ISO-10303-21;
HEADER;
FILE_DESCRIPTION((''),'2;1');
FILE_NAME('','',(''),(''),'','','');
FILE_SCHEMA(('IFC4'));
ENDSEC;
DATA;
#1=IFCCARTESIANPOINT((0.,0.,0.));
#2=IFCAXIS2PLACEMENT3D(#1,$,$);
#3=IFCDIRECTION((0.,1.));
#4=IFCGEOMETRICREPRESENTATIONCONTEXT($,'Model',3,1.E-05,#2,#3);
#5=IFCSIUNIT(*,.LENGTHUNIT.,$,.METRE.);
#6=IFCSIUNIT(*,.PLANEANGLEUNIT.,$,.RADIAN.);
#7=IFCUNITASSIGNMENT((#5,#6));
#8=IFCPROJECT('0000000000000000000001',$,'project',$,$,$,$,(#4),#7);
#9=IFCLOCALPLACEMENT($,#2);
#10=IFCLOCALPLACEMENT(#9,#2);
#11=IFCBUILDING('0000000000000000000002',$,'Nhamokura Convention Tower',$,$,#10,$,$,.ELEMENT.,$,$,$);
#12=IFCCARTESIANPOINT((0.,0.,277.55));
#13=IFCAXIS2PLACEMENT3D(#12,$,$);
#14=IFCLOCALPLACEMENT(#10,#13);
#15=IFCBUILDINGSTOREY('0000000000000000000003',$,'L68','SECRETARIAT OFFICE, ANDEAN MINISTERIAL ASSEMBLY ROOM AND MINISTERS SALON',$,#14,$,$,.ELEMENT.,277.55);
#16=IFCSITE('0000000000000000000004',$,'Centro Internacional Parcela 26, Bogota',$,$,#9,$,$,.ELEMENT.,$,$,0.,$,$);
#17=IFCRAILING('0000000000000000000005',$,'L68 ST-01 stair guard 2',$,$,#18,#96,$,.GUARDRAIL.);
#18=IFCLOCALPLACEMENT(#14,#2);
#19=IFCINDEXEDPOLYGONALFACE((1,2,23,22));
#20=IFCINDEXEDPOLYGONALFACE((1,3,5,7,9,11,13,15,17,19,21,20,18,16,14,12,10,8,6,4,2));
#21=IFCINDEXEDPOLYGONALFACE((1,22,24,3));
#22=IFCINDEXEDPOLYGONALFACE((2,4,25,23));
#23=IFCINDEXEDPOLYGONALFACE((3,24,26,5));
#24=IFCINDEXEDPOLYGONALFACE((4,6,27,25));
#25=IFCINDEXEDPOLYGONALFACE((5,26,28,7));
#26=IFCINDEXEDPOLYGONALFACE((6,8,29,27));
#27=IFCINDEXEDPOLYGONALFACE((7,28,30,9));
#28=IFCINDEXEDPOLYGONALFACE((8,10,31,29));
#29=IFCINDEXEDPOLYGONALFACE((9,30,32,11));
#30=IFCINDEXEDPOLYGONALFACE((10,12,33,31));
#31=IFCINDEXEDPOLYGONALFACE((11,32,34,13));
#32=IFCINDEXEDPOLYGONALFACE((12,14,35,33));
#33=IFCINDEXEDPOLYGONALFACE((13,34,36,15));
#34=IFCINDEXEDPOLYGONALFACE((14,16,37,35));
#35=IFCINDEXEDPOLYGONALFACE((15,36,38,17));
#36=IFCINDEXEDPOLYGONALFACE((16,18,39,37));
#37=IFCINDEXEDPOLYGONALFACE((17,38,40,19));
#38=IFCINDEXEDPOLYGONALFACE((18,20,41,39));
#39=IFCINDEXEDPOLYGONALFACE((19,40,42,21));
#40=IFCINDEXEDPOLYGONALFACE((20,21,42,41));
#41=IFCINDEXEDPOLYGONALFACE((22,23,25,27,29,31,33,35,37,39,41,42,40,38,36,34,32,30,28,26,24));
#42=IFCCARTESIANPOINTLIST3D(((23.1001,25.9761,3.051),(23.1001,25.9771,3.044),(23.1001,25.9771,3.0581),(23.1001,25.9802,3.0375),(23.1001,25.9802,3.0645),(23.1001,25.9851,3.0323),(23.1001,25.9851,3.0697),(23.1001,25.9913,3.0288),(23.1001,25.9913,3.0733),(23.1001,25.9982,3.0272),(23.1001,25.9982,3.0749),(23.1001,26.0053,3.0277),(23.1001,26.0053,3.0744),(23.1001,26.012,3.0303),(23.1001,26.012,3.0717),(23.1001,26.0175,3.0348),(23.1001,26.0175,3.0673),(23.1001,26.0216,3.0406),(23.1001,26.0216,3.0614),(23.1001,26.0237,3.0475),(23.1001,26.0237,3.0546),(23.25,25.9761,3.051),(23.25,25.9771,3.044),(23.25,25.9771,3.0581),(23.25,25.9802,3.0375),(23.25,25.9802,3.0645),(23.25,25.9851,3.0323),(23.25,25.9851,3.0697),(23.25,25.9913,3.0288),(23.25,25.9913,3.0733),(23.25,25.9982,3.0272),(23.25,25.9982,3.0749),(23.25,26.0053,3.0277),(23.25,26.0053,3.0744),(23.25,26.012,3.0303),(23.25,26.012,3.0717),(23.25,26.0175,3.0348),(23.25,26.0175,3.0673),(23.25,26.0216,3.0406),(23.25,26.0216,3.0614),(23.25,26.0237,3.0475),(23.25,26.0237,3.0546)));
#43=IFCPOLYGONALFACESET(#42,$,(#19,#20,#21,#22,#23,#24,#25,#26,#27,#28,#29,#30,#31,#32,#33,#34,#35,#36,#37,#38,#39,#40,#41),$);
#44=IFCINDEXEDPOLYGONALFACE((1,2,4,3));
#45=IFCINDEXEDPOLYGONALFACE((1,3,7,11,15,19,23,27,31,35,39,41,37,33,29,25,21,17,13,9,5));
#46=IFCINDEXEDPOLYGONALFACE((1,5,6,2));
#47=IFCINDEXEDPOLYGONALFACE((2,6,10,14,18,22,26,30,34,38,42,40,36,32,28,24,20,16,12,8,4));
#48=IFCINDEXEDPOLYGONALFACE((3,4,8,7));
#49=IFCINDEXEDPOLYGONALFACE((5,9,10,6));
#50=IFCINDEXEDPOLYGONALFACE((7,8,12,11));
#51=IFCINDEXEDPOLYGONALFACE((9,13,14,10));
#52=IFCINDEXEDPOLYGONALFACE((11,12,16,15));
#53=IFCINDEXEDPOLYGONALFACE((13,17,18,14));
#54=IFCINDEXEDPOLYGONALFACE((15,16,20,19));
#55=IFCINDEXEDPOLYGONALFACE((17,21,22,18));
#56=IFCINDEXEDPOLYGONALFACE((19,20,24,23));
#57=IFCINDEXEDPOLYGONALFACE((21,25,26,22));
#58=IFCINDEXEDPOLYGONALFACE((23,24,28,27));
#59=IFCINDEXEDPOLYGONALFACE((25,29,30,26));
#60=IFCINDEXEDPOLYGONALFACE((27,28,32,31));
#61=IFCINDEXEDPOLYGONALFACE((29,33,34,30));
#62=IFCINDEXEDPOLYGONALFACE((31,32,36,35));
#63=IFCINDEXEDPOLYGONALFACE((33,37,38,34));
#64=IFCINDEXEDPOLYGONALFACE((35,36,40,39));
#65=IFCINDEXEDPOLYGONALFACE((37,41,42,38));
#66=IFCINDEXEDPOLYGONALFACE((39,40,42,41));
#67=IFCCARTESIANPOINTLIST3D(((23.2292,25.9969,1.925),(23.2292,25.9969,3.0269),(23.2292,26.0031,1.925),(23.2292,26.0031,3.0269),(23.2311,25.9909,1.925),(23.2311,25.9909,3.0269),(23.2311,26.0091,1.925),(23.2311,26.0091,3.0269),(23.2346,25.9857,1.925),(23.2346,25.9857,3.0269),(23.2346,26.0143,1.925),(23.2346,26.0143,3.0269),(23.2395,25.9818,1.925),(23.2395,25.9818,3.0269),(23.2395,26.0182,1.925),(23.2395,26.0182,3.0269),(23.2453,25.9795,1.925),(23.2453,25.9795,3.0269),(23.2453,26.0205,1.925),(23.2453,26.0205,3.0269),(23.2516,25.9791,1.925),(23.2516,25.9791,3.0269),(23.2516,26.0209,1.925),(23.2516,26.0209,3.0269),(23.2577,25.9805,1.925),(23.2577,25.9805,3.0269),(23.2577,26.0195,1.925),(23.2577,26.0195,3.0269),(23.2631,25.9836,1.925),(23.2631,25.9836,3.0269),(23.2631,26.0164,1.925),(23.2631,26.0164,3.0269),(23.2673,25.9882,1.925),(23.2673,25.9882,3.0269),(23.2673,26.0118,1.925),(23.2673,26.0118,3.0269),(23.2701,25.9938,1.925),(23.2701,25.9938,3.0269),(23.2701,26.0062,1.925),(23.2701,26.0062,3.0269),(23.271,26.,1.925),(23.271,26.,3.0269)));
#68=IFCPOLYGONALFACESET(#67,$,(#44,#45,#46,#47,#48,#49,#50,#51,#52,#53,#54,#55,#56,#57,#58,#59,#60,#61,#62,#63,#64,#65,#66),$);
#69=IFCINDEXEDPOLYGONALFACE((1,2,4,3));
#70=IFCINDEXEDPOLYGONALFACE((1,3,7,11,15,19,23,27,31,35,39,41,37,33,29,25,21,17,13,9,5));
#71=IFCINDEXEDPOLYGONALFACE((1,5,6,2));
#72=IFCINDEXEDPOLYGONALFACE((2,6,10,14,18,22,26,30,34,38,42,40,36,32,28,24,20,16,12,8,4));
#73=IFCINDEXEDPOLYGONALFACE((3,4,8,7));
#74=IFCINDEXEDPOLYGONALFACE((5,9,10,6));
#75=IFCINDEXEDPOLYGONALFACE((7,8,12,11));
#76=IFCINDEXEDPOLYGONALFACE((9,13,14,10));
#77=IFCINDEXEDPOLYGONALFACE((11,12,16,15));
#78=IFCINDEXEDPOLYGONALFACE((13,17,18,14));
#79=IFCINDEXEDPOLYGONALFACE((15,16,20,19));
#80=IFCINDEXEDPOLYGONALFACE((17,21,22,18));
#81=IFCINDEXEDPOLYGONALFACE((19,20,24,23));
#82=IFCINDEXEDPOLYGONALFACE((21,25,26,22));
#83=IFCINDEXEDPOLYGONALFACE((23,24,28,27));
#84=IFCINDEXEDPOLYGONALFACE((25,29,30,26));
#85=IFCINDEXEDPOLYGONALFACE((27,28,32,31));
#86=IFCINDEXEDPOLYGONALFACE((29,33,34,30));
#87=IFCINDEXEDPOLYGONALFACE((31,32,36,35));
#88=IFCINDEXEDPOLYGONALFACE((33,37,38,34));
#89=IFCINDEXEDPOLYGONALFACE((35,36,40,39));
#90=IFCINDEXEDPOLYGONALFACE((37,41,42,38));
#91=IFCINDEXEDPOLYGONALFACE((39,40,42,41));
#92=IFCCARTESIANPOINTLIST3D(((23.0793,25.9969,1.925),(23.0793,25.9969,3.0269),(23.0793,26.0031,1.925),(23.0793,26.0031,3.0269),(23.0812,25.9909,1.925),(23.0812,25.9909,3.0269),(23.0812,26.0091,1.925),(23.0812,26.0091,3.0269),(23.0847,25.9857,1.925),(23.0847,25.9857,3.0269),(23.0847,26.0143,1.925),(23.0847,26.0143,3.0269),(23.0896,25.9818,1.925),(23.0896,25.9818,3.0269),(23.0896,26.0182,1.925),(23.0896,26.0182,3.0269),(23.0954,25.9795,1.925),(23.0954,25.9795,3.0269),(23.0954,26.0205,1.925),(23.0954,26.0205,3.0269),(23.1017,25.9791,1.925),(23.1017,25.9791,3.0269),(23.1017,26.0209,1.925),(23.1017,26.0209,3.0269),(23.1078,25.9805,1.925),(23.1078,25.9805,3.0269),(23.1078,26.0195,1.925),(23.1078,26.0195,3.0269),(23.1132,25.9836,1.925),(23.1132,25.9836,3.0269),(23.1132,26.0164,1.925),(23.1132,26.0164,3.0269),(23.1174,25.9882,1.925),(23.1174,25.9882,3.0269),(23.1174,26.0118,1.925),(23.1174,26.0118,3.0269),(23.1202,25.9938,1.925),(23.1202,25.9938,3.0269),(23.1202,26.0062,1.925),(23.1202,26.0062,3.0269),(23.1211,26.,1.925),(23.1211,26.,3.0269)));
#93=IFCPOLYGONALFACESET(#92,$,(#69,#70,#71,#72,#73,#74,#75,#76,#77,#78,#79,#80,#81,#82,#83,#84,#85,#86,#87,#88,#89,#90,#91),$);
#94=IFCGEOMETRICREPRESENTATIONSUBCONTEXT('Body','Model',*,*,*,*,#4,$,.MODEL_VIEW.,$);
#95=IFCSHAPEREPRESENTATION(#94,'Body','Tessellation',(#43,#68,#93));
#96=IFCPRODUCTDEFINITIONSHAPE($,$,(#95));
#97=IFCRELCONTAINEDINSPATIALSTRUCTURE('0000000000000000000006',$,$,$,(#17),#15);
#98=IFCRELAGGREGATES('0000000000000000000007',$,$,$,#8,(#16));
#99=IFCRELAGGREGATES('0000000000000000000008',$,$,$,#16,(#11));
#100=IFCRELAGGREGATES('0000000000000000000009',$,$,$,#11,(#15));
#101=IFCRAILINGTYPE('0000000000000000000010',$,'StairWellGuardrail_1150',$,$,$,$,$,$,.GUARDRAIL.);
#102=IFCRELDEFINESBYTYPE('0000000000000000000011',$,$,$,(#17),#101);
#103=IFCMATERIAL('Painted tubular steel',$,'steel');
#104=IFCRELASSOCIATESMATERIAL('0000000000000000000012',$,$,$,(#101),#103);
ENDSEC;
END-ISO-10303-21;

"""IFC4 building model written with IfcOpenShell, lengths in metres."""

from ifc_helpers import new_model, si_unit, direction, frame, origin, origin_2d, place, context, subcontext, project, spatial, circle, extrude, material, type_object, element, save


model = new_model("IFC4")

# Units and contexts
model_context = context("Model", 3, precision=1e-05, world=origin(), true_north=direction((0.0, 1.0)))
body_context = subcontext(model_context, "Body", "Model", "MODEL_VIEW")
ifc_project = project(units=[si_unit("LENGTHUNIT", "METRE"), si_unit("PLANEANGLEUNIT", "RADIAN")], contexts=[model_context])

# Site, building, storey
site_placement = place(None, origin())
site = spatial("IfcSite", under=ifc_project, at=site_placement, Name="Centro Internacional Parcela 26, Bogota", CompositionType="ELEMENT", RefElevation=0.0)
building_placement = place(site_placement, origin())
building = spatial("IfcBuilding", under=site, at=building_placement, Name="Nhamokura Convention Tower", CompositionType="ELEMENT")
storey_placement = place(building_placement, frame((0.0, 0.0, 277.55)))
storey = spatial("IfcBuildingStorey", under=building, at=storey_placement, Name="L68", Description="SECRETARIAT OFFICE, ANDEAN MINISTERIAL ASSEMBLY ROOM AND MINISTERS SALON", CompositionType="ELEMENT", Elevation=277.55)

# Railing
ifc_material_1 = material(Name="Painted tubular steel", Category="steel")
railing_type_1 = type_object("IfcRailingType", Name="StairWellGuardrail_1150", PredefinedType="GUARDRAIL", material=ifc_material_1)
railing_1_placement = place(storey_placement, frame((23.25, 26.0, 1.925)))
element("IfcRailing", 1, at=railing_1_placement, inside=storey, type_object=railing_type_1, Name="L68 ST-01 stair guard 2", PredefinedType="GUARDRAIL", context=body_context, shape_type="SweptSolid", body=[
    extrude(circle(Radius=0.0239, at=origin_2d()), frame((0.0, 0.0, 1.126), z_axis=(-1.0, 0.0, 0.0), x_axis=(0.0, -1.0, 0.0)), (0.0, 0.0, 1.0), 0.1499),
    extrude(circle(Radius=0.021, at=origin_2d()), origin(), (0.0, 0.0, 1.0), 1.1018),
    extrude(circle(Radius=0.021, at=origin_2d()), frame((-0.1499, 0.0, 0.0)), (0.0, 0.0, 1.0), 1.1018),
])

save(model, "model.ifc")
